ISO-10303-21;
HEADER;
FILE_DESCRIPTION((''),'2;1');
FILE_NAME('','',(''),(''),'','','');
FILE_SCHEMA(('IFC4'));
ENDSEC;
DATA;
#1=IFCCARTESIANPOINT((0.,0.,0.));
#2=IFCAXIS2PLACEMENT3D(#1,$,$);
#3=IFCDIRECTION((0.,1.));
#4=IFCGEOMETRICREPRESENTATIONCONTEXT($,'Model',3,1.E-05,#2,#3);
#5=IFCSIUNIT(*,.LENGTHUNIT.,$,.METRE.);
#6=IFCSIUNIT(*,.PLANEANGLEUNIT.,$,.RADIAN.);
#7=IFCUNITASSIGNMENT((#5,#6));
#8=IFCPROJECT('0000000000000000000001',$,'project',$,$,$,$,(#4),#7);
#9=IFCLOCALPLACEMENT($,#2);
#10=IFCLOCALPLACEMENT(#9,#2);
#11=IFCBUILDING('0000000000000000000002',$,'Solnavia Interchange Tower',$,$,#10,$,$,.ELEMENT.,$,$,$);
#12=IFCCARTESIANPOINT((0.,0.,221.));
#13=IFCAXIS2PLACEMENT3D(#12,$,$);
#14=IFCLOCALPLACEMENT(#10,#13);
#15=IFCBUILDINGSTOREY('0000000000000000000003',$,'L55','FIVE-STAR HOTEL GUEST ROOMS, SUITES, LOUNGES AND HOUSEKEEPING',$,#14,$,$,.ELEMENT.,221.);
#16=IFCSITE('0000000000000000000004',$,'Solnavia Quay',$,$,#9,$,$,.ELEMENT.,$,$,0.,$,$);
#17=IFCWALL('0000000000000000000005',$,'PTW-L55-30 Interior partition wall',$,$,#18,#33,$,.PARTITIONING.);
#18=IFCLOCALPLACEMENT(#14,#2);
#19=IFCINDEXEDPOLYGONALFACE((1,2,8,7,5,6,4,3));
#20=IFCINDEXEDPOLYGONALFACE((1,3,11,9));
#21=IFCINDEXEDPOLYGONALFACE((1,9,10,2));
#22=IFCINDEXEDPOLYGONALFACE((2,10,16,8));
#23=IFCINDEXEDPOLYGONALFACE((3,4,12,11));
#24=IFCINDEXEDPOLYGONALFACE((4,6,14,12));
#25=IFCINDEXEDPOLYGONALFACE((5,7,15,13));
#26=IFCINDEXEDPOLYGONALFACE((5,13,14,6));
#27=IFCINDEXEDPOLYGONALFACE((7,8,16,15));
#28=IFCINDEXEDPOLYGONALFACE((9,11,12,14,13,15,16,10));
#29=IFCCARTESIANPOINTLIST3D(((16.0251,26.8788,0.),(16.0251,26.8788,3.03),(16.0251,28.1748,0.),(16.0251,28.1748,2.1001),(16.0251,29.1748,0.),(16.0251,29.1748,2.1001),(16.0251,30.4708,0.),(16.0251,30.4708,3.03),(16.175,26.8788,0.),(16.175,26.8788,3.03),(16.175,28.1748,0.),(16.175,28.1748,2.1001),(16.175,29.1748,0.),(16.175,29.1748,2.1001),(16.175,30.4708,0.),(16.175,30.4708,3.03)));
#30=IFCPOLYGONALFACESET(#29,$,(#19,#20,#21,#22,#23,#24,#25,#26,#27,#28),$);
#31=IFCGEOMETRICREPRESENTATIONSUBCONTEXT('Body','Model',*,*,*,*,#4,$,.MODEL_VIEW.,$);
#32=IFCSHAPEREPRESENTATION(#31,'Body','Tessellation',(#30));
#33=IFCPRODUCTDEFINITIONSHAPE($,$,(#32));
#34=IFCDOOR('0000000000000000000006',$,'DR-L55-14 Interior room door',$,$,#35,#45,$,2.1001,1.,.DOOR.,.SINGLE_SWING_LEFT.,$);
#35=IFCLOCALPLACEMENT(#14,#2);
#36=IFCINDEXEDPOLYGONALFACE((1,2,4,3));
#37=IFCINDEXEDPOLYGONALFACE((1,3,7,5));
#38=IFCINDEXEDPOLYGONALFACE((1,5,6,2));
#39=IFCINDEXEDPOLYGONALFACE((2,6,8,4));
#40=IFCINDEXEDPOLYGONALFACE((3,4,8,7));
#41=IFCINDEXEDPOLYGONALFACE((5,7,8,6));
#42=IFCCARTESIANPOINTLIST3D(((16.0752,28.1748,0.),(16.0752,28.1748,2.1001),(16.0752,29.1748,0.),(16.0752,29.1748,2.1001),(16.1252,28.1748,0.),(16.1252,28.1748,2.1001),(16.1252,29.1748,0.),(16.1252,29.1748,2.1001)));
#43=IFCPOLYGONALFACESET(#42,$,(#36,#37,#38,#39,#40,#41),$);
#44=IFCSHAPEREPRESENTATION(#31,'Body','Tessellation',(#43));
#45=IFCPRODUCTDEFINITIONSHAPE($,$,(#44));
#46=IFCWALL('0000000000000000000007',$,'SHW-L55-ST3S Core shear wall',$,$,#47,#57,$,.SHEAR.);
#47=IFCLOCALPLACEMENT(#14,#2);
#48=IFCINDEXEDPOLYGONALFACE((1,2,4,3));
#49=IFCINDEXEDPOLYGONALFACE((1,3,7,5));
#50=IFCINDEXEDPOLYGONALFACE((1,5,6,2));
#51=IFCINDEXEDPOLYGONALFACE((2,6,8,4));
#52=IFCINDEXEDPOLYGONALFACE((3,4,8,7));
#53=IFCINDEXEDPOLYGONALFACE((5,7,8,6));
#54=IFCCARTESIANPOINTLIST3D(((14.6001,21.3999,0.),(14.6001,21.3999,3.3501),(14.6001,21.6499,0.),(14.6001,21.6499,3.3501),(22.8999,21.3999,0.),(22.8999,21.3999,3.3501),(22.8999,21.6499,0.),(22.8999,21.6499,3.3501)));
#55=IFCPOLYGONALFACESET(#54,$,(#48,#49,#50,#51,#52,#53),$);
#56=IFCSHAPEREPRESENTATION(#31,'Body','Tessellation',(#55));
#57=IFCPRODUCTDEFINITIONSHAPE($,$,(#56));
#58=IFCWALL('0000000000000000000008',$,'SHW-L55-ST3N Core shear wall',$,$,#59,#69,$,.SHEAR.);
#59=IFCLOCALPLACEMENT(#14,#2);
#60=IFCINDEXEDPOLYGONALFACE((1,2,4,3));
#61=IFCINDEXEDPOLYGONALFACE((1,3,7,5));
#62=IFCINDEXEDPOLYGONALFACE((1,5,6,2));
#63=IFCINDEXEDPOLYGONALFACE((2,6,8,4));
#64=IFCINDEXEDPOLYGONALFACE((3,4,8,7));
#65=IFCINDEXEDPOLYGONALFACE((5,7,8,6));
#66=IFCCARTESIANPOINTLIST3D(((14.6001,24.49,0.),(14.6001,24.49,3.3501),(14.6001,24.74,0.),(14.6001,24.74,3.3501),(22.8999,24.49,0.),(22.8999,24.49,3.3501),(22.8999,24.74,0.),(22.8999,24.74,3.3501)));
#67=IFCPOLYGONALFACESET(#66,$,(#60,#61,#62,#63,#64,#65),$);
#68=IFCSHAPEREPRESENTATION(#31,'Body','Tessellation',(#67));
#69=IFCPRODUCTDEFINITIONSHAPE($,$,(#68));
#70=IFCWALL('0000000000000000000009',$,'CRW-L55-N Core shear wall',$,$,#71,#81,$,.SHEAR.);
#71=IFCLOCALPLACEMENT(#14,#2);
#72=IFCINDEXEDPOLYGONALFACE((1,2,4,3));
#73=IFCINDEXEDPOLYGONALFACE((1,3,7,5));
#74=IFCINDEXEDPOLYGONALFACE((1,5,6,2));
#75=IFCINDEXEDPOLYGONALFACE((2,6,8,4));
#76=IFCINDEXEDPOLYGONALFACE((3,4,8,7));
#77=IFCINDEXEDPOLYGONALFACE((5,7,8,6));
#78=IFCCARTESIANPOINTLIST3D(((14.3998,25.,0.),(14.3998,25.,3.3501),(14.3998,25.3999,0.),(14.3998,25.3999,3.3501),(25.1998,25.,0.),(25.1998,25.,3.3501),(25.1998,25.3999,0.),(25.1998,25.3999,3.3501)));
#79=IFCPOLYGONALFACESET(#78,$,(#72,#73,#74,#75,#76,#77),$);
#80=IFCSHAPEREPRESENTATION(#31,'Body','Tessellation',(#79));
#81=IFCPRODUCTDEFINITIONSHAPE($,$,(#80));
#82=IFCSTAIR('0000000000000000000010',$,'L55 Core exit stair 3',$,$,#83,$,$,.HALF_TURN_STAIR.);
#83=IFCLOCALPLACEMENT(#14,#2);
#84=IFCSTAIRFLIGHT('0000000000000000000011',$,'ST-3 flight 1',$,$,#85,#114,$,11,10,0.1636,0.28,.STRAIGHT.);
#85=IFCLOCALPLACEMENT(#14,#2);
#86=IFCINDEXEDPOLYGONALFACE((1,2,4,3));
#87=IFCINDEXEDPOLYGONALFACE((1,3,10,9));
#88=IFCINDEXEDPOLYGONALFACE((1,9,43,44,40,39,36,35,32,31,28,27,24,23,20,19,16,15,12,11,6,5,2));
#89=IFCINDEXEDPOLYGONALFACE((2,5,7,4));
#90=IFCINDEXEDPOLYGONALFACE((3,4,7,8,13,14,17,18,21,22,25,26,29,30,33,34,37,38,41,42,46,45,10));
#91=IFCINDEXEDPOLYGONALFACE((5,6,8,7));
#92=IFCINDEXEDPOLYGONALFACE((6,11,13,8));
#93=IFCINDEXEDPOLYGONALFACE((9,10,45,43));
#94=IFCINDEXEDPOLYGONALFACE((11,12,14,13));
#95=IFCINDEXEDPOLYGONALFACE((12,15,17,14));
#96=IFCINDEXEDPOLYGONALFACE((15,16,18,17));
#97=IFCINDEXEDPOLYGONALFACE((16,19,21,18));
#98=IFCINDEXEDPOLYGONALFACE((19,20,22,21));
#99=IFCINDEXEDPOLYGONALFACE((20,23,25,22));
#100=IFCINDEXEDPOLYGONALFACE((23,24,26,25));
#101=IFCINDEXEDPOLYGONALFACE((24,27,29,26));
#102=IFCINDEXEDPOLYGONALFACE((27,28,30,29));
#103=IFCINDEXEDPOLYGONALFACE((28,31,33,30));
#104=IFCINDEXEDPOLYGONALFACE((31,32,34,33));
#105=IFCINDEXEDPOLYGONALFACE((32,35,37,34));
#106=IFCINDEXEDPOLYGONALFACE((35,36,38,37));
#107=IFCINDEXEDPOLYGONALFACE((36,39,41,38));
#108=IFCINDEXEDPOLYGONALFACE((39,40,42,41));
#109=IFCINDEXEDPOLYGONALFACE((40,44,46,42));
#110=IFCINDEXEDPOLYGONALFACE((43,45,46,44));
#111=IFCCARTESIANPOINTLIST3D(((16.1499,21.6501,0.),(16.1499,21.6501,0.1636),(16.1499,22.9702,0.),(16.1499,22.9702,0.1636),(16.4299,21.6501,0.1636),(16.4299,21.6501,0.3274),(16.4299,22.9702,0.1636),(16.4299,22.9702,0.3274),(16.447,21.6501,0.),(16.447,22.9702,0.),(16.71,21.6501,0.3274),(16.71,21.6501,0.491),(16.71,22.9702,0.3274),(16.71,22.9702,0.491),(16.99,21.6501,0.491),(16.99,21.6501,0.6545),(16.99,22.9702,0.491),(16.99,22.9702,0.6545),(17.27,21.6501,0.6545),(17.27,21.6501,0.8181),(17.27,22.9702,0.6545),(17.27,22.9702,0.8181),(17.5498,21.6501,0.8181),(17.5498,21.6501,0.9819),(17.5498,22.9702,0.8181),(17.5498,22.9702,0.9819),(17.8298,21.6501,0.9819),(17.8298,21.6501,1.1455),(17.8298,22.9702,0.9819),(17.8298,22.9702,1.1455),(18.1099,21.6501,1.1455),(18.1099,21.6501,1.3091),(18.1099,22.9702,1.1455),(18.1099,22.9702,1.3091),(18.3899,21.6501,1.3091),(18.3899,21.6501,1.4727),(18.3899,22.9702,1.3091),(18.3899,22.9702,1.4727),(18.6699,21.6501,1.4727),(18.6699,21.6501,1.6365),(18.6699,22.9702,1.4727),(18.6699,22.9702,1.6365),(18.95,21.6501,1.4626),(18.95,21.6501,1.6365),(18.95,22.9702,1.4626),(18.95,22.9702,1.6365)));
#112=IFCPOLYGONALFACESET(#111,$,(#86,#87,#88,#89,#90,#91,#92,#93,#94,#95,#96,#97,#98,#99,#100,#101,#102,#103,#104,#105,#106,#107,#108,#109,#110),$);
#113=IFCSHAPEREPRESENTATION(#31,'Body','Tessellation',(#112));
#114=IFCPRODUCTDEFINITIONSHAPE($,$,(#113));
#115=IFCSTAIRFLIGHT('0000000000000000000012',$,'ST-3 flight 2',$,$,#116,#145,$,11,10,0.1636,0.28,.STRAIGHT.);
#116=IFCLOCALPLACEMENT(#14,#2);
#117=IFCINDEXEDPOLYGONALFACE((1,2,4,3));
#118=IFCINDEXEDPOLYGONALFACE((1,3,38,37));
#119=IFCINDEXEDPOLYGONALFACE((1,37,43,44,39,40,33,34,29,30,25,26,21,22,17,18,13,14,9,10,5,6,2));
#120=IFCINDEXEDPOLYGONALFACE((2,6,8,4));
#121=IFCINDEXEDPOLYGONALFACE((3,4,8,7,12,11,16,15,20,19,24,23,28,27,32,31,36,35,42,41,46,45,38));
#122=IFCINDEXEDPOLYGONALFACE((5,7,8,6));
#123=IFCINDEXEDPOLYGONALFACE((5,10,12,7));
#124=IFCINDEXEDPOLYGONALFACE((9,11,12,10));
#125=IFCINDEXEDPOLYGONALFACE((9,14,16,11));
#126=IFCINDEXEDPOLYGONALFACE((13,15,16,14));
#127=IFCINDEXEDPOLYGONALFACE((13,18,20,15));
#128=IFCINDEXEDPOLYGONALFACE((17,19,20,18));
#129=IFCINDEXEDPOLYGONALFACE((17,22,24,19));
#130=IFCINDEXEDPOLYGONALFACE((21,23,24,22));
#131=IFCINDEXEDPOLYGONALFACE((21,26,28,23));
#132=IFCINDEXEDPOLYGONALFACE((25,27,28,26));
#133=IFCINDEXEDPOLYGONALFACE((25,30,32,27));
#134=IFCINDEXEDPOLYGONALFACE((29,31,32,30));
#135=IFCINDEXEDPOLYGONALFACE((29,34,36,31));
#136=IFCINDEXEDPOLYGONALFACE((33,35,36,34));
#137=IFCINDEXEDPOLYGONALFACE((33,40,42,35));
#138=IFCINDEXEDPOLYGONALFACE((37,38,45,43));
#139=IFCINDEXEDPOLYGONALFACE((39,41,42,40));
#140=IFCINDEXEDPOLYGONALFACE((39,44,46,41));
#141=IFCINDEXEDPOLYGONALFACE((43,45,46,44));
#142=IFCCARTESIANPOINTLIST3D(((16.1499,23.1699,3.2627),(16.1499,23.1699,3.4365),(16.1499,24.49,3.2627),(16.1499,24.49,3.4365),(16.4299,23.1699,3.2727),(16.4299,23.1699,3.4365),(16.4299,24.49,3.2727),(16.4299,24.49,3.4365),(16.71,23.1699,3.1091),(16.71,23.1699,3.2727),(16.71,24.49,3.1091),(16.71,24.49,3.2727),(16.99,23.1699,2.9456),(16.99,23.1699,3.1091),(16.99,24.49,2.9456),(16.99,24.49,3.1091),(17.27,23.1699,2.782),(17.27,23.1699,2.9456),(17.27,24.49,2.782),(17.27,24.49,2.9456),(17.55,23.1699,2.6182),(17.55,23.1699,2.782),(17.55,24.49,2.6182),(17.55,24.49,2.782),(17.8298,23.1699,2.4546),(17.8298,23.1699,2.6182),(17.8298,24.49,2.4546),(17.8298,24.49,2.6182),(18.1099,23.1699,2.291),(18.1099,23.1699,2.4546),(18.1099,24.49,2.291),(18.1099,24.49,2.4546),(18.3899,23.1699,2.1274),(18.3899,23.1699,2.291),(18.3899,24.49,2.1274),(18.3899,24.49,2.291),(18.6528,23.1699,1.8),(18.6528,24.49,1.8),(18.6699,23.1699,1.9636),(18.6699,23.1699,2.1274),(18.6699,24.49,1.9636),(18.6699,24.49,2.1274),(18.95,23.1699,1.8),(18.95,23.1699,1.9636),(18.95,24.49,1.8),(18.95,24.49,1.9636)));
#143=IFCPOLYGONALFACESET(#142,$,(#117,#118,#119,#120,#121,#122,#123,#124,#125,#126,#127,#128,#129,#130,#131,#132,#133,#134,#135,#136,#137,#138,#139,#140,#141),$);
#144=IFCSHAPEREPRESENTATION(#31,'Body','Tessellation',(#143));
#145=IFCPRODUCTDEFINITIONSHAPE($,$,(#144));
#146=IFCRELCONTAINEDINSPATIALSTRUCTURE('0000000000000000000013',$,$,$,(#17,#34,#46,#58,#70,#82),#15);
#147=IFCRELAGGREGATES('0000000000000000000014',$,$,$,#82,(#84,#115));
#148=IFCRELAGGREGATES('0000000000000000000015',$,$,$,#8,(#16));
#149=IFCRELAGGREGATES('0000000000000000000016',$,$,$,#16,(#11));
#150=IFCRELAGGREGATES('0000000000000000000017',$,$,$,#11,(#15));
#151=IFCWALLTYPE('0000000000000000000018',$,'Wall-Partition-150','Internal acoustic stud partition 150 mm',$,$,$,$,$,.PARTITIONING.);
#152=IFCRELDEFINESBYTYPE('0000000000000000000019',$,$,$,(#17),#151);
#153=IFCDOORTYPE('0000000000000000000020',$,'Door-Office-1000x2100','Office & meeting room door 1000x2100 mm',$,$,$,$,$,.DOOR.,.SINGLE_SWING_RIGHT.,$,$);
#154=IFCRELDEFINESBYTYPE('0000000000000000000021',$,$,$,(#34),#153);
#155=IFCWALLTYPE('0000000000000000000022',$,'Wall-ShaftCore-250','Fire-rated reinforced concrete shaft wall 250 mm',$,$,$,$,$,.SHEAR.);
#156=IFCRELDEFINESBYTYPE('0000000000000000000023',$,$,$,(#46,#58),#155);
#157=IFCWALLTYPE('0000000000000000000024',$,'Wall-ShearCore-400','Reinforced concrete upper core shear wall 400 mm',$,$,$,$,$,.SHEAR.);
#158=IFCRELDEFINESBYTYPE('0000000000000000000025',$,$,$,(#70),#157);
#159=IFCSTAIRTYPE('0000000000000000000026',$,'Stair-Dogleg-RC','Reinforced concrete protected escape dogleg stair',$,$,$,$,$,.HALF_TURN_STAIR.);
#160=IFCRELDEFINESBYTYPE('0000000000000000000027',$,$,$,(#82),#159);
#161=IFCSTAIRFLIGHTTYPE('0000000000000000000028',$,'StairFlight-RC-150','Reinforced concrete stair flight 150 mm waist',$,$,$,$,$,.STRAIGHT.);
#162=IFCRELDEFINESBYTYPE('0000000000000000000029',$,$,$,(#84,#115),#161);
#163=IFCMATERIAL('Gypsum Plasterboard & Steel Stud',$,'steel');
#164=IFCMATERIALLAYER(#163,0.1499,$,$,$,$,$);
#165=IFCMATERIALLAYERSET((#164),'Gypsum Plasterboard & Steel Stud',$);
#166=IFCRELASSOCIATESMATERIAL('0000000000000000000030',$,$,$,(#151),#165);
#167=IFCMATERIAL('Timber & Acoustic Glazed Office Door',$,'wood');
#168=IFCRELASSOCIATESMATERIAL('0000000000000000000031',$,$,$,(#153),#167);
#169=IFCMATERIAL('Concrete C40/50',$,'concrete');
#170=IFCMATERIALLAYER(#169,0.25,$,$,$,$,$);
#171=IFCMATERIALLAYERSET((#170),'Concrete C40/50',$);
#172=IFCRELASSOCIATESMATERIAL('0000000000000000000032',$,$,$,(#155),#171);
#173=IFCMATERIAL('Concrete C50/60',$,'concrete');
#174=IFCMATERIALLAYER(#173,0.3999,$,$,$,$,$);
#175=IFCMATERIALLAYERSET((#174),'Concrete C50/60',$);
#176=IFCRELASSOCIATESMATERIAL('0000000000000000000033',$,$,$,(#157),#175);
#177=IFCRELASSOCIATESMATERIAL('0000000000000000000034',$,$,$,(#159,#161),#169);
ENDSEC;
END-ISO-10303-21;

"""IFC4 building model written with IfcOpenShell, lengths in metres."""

from ifc_helpers import new_model, si_unit, direction, frame, frame_2d, origin, place, context, subcontext, project, spatial, polyline, rectangle, outline, extrude, material, layer, layer_set, type_object, element, fill, aggregate, save


model = new_model("IFC4")

# Units and contexts
model_context = context("Model", 3, precision=1e-05, world=origin(), true_north=direction((0.0, 1.0)))
body_context = subcontext(model_context, "Body", "Model", "MODEL_VIEW")
ifc_project = project(units=[si_unit("LENGTHUNIT", "METRE"), si_unit("PLANEANGLEUNIT", "RADIAN")], contexts=[model_context])

# Site, building, storey
site_placement = place(None, origin())
site = spatial("IfcSite", under=ifc_project, at=site_placement, Name="Solnavia Quay", CompositionType="ELEMENT", RefElevation=0.0)
building_placement = place(site_placement, origin())
building = spatial("IfcBuilding", under=site, at=building_placement, Name="Solnavia Interchange Tower", CompositionType="ELEMENT")
storey_placement = place(building_placement, frame((0.0, 0.0, 221.0)))
storey = spatial("IfcBuildingStorey", under=building, at=storey_placement, Name="L55", Description="FIVE-STAR HOTEL GUEST ROOMS, SUITES, LOUNGES AND HOUSEKEEPING", CompositionType="ELEMENT", Elevation=221.0)

# Shared definitions
ifc_material_1 = material(Name="Concrete C50/60", Category="concrete")

# Shared definitions
ifc_material_2 = material(Name="Concrete C40/50", Category="concrete")

# Shared definitions
ifc_material_3 = material(Name="Gypsum Plasterboard & Steel Stud", Category="steel")
ifc_layer_1 = layer(ifc_material_3, 0.1499)
ifc_layer_set_1 = layer_set([ifc_layer_1], Name="Gypsum Plasterboard & Steel Stud")
wall_type_1 = type_object("IfcWallType", Name="Wall-Partition-150", Description="Internal acoustic stud partition 150 mm", PredefinedType="PARTITIONING", material=ifc_layer_set_1)

# Shared definitions
ifc_material_4 = material(Name="Timber & Acoustic Glazed Office Door", Category="wood")
door_type = type_object("IfcDoorType", Name="Door-Office-1000x2100", Description="Office & meeting room door 1000x2100 mm", OperationType="SINGLE_SWING_RIGHT", PredefinedType="DOOR", material=ifc_material_4)

# Wall, opening, door
wall_1_placement = place(storey_placement, frame((16.1001, 26.8789, 0.0), z_axis=(0.0, 0.0, 1.0), x_axis=(0.0, 1.0, 0.0)))
wall_1 = element("IfcWall", 1, at=wall_1_placement, inside=storey, type_object=wall_type_1, Name="PTW-L55-30 Interior partition wall", PredefinedType="PARTITIONING", context=body_context, shape_type="SweptSolid", body=[
    extrude(rectangle(XDim=3.592, YDim=0.1499, at=frame_2d((1.7959, 0.0))), origin(), (0.0, 0.0, 1.0), 3.03),
])
opening_1_placement = place(wall_1_placement, frame((1.2959, 0.0, 0.0)))
opening_1 = element("IfcOpeningElement", 2, at=opening_1_placement, cuts=wall_1, PredefinedType="OPENING", context=body_context, shape_type="SweptSolid", body=[
    extrude(rectangle(XDim=1.0, YDim=2.1001, at=frame_2d((0.5, 1.05))), frame((0.0, 0.085, 0.0), z_axis=(0.0, -1.0, 0.0), x_axis=(1.0, 0.0, 0.0)), (0.0, 0.0, 1.0), 0.1699),
])
door_1_placement = place(opening_1_placement, origin())
door_1 = element("IfcDoor", 3, at=door_1_placement, inside=storey, type_object=door_type, Name="DR-L55-14 Interior room door", OperationType="SINGLE_SWING_LEFT", OverallHeight=2.1001, OverallWidth=1.0, PredefinedType="DOOR", context=body_context, shape_type="SweptSolid", body=[
    extrude(rectangle(XDim=1.0, YDim=2.1001, at=frame_2d((0.5, 1.05))), frame((0.0, 0.0249, 0.0), z_axis=(0.0, -1.0, 0.0), x_axis=(1.0, 0.0, 0.0)), (0.0, 0.0, 1.0), 0.05),
])
fill(opening_1, door_1)

# Walls
ifc_layer_2 = layer(ifc_material_2, 0.25)
ifc_layer_set_2 = layer_set([ifc_layer_2], Name="Concrete C40/50")
wall_type_2 = type_object("IfcWallType", Name="Wall-ShaftCore-250", Description="Fire-rated reinforced concrete shaft wall 250 mm", PredefinedType="SHEAR", material=ifc_layer_set_2)
for number, where, z_axis, x_axis, name in (
    (4, (14.6001, 21.5249, 0.0), (0.0, 0.0, 1.0), (1.0, 0.0, 0.0), "SHW-L55-ST3S Core shear wall"),
    (5, (14.6001, 24.615, 0.0), (0.0, 0.0, 1.0), (1.0, 0.0, 0.0), "SHW-L55-ST3N Core shear wall"),
):
    element("IfcWall", number, at=place(storey_placement, frame(where, z_axis=z_axis, x_axis=x_axis)), inside=storey, type_object=wall_type_2, Name=name, PredefinedType="SHEAR", context=body_context, shape_type="SweptSolid", body=[
        extrude(rectangle(XDim=8.2998, YDim=0.25, at=frame_2d((4.1499, 0.0))), origin(), (0.0, 0.0, 1.0), 3.3501),
    ])
ifc_layer_3 = layer(ifc_material_1, 0.3999)
ifc_layer_set_3 = layer_set([ifc_layer_3], Name="Concrete C50/60")
wall_type_3 = type_object("IfcWallType", Name="Wall-ShearCore-400", Description="Reinforced concrete upper core shear wall 400 mm", PredefinedType="SHEAR", material=ifc_layer_set_3)
wall_2_placement = place(storey_placement, frame((14.3999, 25.2, 0.0), z_axis=(0.0, 0.0, 1.0), x_axis=(1.0, 0.0, 0.0)))
element("IfcWall", 6, at=wall_2_placement, inside=storey, type_object=wall_type_3, Name="CRW-L55-N Core shear wall", PredefinedType="SHEAR", context=body_context, shape_type="SweptSolid", body=[
    extrude(rectangle(XDim=10.8, YDim=0.3999, at=frame_2d((5.3999, 0.0))), origin(), (0.0, 0.0, 1.0), 3.3501),
])

# Stair, stair flights
stair_type = type_object("IfcStairType", Name="Stair-Dogleg-RC", Description="Reinforced concrete protected escape dogleg stair", PredefinedType="HALF_TURN_STAIR", material=ifc_material_2)
stair_placement = place(storey_placement, origin())
stair = element("IfcStair", 7, at=stair_placement, inside=storey, type_object=stair_type, Name="L55 Core exit stair 3", PredefinedType="HALF_TURN_STAIR")
stair_flight_type = type_object("IfcStairFlightType", Name="StairFlight-RC-150", Description="Reinforced concrete stair flight 150 mm waist", PredefinedType="STRAIGHT", material=ifc_material_2)
stair_flight_1_placement = place(storey_placement, frame((16.1499, 22.3101, 0.0), z_axis=(0.0, 0.0, 1.0), x_axis=(1.0, 0.0, 0.0)))
stair_flight_1 = element("IfcStairFlight", 8, at=stair_flight_1_placement, type_object=stair_flight_type, Name="ST-3 flight 1", NumberOfRisers=11, NumberOfTreads=10, PredefinedType="STRAIGHT", RiserHeight=0.1636, TreadLength=0.28, context=body_context, shape_type="SweptSolid", body=[
    extrude(outline(polyline([(0.0, 0.0), (0.0, 0.1636), (0.28, 0.1636), (0.28, 0.3274), (0.5601, 0.3274), (0.5601, 0.491), (0.8401, 0.491), (0.8401, 0.6545), (1.1201, 0.6545), (1.1201, 0.8181), (1.3999, 0.8181), (1.3999, 0.9819), (1.6799, 0.9819), (1.6799, 1.1455), (1.96, 1.1455), (1.96, 1.3091), (2.24, 1.3091), (2.24, 1.4727), (2.52, 1.4727), (2.52, 1.6365), (2.8, 1.6365), (2.8, 1.8), (2.8, 1.4626), (0.2971, 0.0), (0.0, 0.0)])), frame((0.0, 0.6602, 0.0), z_axis=(0.0, -1.0, 0.0), x_axis=(1.0, 0.0, 0.0)), (0.0, 0.0, 1.0), 1.3201),
])
stair_flight_2_placement = place(storey_placement, frame((18.95, 23.8301, 1.8), z_axis=(0.0, 0.0, 1.0), x_axis=(-1.0, 0.0, 0.0)))
stair_flight_2 = element("IfcStairFlight", 9, at=stair_flight_2_placement, type_object=stair_flight_type, Name="ST-3 flight 2", NumberOfRisers=11, NumberOfTreads=10, PredefinedType="STRAIGHT", RiserHeight=0.1636, TreadLength=0.28, context=body_context, shape_type="SweptSolid", body=[
    extrude(outline(polyline([(0.0, 0.0), (0.0, 0.1636), (0.28, 0.1636), (0.28, 0.3274), (0.5601, 0.3274), (0.5601, 0.491), (0.8401, 0.491), (0.8401, 0.6545), (1.1201, 0.6545), (1.1201, 0.8181), (1.3999, 0.8181), (1.3999, 0.9819), (1.6799, 0.9819), (1.6799, 1.1455), (1.96, 1.1455), (1.96, 1.3091), (2.24, 1.3091), (2.24, 1.4727), (2.52, 1.4727), (2.52, 1.6365), (2.8, 1.6365), (2.8, 1.8), (2.8, 1.4626), (0.2971, 0.0), (0.0, 0.0)])), frame((0.0, 0.6602, 0.0), z_axis=(0.0, -1.0, 0.0), x_axis=(1.0, 0.0, 0.0)), (0.0, 0.0, 1.0), 1.3201),
])
aggregate(stair, [stair_flight_1, stair_flight_2])

save(model, "model.ifc")
